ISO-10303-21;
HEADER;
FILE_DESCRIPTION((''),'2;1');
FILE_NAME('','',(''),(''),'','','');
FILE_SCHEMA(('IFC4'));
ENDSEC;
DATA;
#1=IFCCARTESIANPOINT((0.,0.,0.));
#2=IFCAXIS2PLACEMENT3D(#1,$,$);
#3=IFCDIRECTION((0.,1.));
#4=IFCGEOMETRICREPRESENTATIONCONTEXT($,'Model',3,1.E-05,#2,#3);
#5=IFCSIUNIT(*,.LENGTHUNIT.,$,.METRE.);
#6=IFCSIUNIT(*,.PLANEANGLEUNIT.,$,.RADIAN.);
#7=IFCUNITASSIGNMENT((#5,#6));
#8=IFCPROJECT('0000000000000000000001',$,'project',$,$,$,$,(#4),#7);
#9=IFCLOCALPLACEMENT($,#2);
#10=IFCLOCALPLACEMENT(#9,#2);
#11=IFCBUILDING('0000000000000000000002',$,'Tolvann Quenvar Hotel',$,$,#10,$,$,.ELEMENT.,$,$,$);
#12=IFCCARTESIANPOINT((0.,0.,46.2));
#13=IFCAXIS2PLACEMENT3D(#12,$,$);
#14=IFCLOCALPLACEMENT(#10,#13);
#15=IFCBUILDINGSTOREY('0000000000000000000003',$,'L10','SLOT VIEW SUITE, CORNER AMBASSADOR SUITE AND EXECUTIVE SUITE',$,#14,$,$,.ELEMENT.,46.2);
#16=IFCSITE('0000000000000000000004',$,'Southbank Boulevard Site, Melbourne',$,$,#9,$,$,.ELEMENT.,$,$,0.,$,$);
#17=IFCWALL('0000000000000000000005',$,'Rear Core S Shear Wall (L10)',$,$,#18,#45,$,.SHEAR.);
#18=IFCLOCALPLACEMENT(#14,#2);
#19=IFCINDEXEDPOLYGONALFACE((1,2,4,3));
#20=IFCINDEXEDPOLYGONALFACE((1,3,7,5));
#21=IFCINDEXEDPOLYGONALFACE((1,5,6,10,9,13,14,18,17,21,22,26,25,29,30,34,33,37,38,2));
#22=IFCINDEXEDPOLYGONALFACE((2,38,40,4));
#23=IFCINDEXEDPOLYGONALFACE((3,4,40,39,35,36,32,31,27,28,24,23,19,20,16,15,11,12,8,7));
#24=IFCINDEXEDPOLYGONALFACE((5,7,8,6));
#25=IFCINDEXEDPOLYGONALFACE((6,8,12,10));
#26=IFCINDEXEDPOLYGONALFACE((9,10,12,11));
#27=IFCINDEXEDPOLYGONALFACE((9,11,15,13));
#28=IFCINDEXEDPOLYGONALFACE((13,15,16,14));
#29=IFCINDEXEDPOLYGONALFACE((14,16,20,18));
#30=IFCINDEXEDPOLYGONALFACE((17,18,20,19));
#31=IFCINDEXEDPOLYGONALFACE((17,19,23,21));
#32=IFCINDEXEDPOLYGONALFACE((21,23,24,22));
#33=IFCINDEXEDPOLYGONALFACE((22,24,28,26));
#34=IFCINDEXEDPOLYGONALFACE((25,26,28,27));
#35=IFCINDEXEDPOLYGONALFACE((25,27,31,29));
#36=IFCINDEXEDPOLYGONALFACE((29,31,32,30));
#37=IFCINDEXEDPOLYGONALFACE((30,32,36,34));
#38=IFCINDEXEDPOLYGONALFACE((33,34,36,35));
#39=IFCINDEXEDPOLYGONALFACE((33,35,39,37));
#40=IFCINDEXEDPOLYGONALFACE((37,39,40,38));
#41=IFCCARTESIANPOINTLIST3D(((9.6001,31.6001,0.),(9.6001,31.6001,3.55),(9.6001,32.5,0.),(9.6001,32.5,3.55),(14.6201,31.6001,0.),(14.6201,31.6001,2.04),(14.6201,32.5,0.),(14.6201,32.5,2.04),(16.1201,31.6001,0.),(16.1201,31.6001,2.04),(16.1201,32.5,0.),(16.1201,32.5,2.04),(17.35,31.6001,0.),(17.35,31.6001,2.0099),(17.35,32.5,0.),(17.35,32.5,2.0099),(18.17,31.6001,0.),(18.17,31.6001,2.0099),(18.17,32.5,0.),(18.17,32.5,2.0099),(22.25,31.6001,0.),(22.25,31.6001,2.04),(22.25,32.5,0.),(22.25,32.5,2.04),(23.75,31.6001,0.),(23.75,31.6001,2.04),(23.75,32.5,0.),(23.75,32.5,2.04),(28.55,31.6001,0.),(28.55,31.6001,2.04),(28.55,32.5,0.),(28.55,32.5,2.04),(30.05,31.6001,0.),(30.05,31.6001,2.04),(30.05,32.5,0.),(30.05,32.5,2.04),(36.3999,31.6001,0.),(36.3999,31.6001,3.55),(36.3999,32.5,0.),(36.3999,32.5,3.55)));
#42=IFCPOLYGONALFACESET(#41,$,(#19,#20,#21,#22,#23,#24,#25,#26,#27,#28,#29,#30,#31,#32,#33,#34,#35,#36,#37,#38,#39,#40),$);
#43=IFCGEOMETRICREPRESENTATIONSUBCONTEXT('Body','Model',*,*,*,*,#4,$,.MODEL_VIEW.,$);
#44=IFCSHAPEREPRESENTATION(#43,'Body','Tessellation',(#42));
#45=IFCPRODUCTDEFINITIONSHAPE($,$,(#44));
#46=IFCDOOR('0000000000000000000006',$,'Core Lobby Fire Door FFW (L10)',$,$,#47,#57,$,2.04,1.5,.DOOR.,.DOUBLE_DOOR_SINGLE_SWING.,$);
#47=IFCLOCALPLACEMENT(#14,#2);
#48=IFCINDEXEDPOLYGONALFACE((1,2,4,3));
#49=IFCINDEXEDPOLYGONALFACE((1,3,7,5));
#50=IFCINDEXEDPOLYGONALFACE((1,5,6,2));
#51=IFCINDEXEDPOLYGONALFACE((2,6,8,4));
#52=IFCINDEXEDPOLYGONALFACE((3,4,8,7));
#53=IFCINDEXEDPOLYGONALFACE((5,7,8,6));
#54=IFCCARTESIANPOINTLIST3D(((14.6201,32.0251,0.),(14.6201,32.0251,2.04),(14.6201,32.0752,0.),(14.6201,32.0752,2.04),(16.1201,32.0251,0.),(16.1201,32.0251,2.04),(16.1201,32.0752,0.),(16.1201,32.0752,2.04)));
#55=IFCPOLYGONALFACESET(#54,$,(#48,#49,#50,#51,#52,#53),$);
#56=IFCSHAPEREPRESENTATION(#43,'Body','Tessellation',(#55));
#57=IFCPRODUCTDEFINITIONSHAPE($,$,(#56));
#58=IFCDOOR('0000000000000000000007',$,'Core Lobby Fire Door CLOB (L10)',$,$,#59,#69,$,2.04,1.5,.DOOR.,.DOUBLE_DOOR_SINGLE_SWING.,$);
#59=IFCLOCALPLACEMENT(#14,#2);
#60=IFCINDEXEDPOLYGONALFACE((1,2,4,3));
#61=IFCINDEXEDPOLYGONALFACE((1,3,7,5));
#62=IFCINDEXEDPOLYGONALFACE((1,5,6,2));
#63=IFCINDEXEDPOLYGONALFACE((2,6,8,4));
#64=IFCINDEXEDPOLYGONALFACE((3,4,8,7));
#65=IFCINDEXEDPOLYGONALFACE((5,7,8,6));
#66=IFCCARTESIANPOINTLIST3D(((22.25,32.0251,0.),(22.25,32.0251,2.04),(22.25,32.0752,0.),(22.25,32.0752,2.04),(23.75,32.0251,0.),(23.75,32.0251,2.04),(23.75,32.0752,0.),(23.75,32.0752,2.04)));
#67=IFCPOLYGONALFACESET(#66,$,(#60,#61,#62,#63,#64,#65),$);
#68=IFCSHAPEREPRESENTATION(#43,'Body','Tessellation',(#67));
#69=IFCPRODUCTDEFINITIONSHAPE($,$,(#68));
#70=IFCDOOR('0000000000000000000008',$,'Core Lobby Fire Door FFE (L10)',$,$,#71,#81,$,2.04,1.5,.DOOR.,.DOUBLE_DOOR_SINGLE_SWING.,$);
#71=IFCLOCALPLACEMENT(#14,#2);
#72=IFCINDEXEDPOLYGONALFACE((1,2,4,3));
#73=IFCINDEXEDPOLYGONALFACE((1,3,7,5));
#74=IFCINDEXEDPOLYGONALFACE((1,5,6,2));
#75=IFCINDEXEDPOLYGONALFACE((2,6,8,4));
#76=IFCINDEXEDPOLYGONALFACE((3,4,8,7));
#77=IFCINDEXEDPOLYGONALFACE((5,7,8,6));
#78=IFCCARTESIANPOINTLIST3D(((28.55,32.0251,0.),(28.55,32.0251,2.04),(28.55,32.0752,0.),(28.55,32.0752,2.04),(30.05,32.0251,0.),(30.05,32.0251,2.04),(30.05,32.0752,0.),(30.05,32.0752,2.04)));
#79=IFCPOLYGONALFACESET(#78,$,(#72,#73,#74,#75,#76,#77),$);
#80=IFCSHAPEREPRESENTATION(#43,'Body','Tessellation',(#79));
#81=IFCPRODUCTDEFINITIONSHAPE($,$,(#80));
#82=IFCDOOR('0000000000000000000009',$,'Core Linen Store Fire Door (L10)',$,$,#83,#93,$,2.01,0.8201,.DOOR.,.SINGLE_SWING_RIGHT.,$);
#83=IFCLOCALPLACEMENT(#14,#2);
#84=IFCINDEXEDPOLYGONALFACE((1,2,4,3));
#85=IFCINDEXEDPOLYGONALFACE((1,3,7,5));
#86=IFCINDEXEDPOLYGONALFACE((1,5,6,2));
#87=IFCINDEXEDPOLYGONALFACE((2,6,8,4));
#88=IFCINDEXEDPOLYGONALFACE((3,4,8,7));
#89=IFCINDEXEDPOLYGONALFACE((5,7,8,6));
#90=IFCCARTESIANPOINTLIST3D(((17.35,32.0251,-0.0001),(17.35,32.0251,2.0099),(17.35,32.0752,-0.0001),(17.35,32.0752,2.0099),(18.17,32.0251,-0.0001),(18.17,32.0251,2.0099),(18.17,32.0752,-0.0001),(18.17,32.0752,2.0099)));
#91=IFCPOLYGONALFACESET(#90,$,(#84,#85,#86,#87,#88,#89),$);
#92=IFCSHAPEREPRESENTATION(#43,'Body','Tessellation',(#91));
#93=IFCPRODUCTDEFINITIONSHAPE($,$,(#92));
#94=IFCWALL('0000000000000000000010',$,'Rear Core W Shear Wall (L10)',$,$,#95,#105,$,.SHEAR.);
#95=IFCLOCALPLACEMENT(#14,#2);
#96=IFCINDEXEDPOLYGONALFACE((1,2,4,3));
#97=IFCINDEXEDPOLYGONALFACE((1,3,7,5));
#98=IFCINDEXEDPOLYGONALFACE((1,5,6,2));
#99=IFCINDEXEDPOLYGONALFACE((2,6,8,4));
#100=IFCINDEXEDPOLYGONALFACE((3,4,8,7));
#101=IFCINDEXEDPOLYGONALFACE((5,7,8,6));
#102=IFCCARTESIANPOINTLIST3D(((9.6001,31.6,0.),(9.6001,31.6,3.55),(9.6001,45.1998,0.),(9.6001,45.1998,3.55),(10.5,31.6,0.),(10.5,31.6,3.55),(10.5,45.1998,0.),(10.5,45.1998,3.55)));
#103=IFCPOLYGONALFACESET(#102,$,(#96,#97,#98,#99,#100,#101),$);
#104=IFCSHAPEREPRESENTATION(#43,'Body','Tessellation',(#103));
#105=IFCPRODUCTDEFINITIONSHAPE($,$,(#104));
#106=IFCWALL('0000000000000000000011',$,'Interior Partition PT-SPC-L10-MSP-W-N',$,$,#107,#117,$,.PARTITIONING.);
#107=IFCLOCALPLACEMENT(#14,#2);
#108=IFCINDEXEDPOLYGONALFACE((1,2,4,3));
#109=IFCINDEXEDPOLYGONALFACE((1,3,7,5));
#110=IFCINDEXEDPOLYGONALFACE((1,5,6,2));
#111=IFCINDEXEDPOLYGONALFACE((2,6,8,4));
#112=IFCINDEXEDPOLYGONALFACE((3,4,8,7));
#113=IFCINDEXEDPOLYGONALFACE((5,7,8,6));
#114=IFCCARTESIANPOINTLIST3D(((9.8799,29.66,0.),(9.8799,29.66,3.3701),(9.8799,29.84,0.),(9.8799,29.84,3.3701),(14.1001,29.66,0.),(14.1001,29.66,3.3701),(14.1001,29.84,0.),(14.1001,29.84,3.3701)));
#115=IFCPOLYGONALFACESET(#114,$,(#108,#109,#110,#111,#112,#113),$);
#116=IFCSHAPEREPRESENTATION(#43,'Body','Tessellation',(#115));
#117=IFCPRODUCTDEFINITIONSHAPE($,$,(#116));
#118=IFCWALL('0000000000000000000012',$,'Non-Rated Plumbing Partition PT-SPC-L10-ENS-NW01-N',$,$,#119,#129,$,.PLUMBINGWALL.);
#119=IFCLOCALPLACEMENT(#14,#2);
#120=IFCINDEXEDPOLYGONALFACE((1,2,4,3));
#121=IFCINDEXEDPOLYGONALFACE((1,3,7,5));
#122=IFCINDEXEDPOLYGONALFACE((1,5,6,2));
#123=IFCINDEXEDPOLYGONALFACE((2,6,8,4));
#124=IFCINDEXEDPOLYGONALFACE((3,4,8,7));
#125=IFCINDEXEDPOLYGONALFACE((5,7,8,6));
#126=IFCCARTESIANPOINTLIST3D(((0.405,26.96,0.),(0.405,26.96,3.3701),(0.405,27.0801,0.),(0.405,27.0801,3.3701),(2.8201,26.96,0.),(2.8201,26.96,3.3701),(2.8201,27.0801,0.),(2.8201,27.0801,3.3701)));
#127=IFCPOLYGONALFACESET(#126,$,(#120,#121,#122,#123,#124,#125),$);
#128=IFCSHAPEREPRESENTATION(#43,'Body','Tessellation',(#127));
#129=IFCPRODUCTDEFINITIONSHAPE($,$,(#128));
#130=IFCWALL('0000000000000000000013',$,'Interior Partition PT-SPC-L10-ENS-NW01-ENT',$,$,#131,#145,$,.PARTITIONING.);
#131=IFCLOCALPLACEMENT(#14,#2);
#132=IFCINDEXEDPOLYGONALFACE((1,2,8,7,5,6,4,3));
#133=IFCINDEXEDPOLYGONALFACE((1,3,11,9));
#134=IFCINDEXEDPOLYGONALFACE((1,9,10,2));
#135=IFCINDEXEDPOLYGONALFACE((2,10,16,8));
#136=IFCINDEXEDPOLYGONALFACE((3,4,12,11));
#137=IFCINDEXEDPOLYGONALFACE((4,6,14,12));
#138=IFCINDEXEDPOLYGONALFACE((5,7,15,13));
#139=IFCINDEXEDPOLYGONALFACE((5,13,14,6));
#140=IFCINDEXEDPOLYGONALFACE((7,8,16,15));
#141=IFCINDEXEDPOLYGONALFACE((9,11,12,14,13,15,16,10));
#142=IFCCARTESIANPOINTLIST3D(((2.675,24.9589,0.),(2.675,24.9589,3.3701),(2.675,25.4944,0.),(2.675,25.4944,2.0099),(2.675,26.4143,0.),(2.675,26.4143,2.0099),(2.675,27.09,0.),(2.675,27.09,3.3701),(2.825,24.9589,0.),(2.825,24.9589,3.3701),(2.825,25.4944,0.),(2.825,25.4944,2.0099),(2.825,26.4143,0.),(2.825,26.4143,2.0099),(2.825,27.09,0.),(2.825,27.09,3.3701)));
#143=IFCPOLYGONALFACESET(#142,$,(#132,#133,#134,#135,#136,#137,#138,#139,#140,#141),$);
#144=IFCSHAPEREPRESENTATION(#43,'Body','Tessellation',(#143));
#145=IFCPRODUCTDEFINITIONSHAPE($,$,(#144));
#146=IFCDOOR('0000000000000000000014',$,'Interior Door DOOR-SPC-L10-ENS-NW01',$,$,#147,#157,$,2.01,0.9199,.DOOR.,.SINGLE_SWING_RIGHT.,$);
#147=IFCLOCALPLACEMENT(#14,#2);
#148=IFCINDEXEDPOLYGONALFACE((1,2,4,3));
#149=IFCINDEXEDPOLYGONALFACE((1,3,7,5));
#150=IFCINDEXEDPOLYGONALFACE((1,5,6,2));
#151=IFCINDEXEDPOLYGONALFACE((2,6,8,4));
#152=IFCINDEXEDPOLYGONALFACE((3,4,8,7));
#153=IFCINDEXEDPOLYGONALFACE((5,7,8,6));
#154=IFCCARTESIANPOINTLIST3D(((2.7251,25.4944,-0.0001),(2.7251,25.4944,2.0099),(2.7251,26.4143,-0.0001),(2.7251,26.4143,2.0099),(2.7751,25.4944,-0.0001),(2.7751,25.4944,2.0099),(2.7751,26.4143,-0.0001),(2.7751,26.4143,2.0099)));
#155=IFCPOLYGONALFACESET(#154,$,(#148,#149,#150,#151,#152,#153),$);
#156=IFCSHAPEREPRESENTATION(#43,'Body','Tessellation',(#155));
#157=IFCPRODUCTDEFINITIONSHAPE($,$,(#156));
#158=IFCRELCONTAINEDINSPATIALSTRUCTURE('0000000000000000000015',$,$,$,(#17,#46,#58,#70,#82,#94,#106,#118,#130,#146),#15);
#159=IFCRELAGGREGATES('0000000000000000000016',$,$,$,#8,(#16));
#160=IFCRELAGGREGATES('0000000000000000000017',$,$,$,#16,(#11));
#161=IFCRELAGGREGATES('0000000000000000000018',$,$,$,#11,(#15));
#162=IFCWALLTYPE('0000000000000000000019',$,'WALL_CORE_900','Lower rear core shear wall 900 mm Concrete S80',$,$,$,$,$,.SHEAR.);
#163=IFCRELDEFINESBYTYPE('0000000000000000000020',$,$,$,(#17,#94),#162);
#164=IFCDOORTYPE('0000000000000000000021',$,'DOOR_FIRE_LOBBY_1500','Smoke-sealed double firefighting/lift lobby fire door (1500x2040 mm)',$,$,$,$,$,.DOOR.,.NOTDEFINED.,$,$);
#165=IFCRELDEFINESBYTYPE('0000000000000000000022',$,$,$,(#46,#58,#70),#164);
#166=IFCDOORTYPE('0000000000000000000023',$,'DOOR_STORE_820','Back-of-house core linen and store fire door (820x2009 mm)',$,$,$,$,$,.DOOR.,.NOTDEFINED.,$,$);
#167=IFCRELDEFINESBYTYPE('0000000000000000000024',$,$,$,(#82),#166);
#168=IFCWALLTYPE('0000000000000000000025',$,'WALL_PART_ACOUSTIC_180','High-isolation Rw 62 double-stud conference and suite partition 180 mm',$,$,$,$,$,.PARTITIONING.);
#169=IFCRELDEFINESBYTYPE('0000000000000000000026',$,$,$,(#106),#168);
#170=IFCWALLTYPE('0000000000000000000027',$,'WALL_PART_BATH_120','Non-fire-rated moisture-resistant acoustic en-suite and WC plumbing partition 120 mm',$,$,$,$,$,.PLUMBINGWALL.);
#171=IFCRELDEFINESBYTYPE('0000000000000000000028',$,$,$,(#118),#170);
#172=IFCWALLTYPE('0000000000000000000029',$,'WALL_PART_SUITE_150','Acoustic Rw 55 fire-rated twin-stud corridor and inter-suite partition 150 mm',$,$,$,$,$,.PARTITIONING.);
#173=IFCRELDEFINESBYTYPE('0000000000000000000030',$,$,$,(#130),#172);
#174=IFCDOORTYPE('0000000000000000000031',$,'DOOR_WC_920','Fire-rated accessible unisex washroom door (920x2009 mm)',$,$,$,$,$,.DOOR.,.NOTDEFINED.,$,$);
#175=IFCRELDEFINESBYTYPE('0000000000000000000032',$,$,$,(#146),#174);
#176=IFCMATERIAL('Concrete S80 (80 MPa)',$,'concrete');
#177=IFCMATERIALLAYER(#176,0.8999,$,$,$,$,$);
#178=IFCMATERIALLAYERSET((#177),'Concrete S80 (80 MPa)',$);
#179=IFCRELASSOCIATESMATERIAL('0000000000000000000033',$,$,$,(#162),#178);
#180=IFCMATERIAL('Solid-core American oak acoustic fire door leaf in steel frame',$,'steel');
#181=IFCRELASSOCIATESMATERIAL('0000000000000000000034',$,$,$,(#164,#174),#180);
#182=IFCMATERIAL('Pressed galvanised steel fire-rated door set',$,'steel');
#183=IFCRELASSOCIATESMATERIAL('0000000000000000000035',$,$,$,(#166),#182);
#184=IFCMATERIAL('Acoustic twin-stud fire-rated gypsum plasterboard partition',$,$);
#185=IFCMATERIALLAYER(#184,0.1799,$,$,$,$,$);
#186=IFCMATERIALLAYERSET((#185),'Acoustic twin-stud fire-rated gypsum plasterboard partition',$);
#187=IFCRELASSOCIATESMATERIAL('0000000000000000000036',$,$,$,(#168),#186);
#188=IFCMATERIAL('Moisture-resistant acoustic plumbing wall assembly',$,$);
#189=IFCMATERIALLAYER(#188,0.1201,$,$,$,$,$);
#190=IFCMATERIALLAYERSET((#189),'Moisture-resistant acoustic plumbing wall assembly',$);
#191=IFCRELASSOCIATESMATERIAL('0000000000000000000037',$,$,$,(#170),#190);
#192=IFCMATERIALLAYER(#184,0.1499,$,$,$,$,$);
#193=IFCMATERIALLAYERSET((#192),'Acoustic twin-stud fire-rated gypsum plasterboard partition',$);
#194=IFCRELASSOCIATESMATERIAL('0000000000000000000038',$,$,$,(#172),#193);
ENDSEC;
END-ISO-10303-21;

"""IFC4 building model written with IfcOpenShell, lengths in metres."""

from ifc_helpers import new_model, si_unit, direction, frame, frame_2d, origin, place, context, subcontext, project, spatial, rectangle, extrude, source, transform, mapped, material, layer, layer_set, type_object, type_shapes, element, fill, save


model = new_model("IFC4")

# Units and contexts
model_context = context("Model", 3, precision=1e-05, world=origin(), true_north=direction((0.0, 1.0)))
body_context = subcontext(model_context, "Body", "Model", "MODEL_VIEW")
ifc_project = project(units=[si_unit("LENGTHUNIT", "METRE"), si_unit("PLANEANGLEUNIT", "RADIAN")], contexts=[model_context])

# Site, building, storey
site_placement = place(None, origin())
site = spatial("IfcSite", under=ifc_project, at=site_placement, Name="Southbank Boulevard Site, Melbourne", CompositionType="ELEMENT", RefElevation=0.0)
building_placement = place(site_placement, origin())
building = spatial("IfcBuilding", under=site, at=building_placement, Name="Tolvann Quenvar Hotel", CompositionType="ELEMENT")
storey_placement = place(building_placement, frame((0.0, 0.0, 46.2)))
storey = spatial("IfcBuildingStorey", under=building, at=storey_placement, Name="L10", Description="SLOT VIEW SUITE, CORNER AMBASSADOR SUITE AND EXECUTIVE SUITE", CompositionType="ELEMENT", Elevation=46.2)

# Wall, openings, doors
ifc_material_1 = material(Name="Concrete S80 (80 MPa)", Category="concrete")
ifc_layer_1 = layer(ifc_material_1, 0.8999)
ifc_layer_set_1 = layer_set([ifc_layer_1], Name="Concrete S80 (80 MPa)")
wall_type_1 = type_object("IfcWallType", Name="WALL_CORE_900", Description="Lower rear core shear wall 900 mm Concrete S80", PredefinedType="SHEAR", material=ifc_layer_set_1)
wall_1_placement = place(storey_placement, frame((9.6001, 32.05, 0.0), z_axis=(0.0, 0.0, 1.0), x_axis=(1.0, 0.0, 0.0)))
wall_1 = element("IfcWall", 1, at=wall_1_placement, inside=storey, type_object=wall_type_1, Name="Rear Core S Shear Wall (L10)", PredefinedType="SHEAR", context=body_context, shape_type="SweptSolid", body=[
    extrude(rectangle(XDim=26.7998, YDim=0.8999, at=frame_2d((13.3999, 0.0))), origin(), (0.0, 0.0, 1.0), 3.55),
])
opening_1_placement = place(wall_1_placement, frame((6.52, 0.0, 0.0), z_axis=(0.0, 0.0, 1.0), x_axis=(-1.0, 0.0, 0.0)))
opening_1 = element("IfcOpeningElement", 2, at=opening_1_placement, cuts=wall_1, PredefinedType="OPENING", context=body_context, shape_type="SweptSolid", body=[
    extrude(rectangle(XDim=1.5, YDim=2.04, at=frame_2d((0.75, 1.02))), frame((0.0, 0.46, 0.0), z_axis=(0.0, -1.0, 0.0), x_axis=(1.0, 0.0, 0.0)), (0.0, 0.0, 1.0), 0.9199),
])
opening_2_placement = place(wall_1_placement, frame((14.1499, 0.0, 0.0), z_axis=(0.0, 0.0, 1.0), x_axis=(-1.0, 0.0, 0.0)))
opening_2 = element("IfcOpeningElement", 3, at=opening_2_placement, cuts=wall_1, PredefinedType="OPENING", context=body_context, shape_type="SweptSolid", body=[
    extrude(rectangle(XDim=1.5, YDim=2.04, at=frame_2d((0.75, 1.02))), frame((0.0, 0.46, 0.0), z_axis=(0.0, -1.0, 0.0), x_axis=(1.0, 0.0, 0.0)), (0.0, 0.0, 1.0), 0.9199),
])
opening_3_placement = place(wall_1_placement, frame((20.45, 0.0, 0.0), z_axis=(0.0, 0.0, 1.0), x_axis=(-1.0, 0.0, 0.0)))
opening_3 = element("IfcOpeningElement", 4, at=opening_3_placement, cuts=wall_1, PredefinedType="OPENING", context=body_context, shape_type="SweptSolid", body=[
    extrude(rectangle(XDim=1.5, YDim=2.04, at=frame_2d((0.75, 1.02))), frame((0.0, 0.46, 0.0), z_axis=(0.0, -1.0, 0.0), x_axis=(1.0, 0.0, 0.0)), (0.0, 0.0, 1.0), 0.9199),
])
opening_4_placement = place(wall_1_placement, frame((8.5701, 0.0, 0.0), z_axis=(0.0, 0.0, 1.0), x_axis=(-1.0, 0.0, 0.0)))
opening_4 = element("IfcOpeningElement", 5, at=opening_4_placement, cuts=wall_1, PredefinedType="OPENING", context=body_context, shape_type="SweptSolid", body=[
    extrude(rectangle(XDim=0.8201, YDim=2.01, at=frame_2d((0.4102, 1.0049))), frame((0.0, 0.46, 0.0), z_axis=(0.0, -1.0, 0.0), x_axis=(1.0, 0.0, 0.0)), (0.0, 0.0, 1.0), 0.9199),
])
ifc_material_2 = material(Name="Solid-core American oak acoustic fire door leaf in steel frame", Category="steel")
door_type_1 = type_object("IfcDoorType", Name="DOOR_FIRE_LOBBY_1500", Description="Smoke-sealed double firefighting/lift lobby fire door (1500x2040 mm)", OperationType="NOTDEFINED", PredefinedType="DOOR", material=ifc_material_2)
shared_shape_1 = source(origin(), body_context, "Body", "SweptSolid", [
    extrude(rectangle(XDim=1.5, YDim=2.04, at=frame_2d((0.75, 1.02))), frame((0.0, 0.0249, 0.0), z_axis=(0.0, -1.0, 0.0), x_axis=(1.0, 0.0, 0.0)), (0.0, 0.0, 1.0), 0.05),
])
type_shapes(door_type_1, [shared_shape_1])
door_1_placement = place(opening_1_placement, origin())
door_1 = element("IfcDoor", 6, at=door_1_placement, inside=storey, type_object=door_type_1, Name="Core Lobby Fire Door FFW (L10)", OperationType="DOUBLE_DOOR_SINGLE_SWING", OverallHeight=2.04, OverallWidth=1.5, PredefinedType="DOOR", context=body_context, shape_type="MappedRepresentation", body=[
    mapped(shared_shape_1, transform((0.0, 0.0, 0.0), x_axis=(1.0, 0.0, 0.0), y_axis=(0.0, 1.0, 0.0), z_axis=(0.0, 0.0, 1.0), scale=1.0)),
])
fill(opening_1, door_1)
door_2_placement = place(opening_2_placement, origin())
door_2 = element("IfcDoor", 7, at=door_2_placement, inside=storey, type_object=door_type_1, Name="Core Lobby Fire Door CLOB (L10)", OperationType="DOUBLE_DOOR_SINGLE_SWING", OverallHeight=2.04, OverallWidth=1.5, PredefinedType="DOOR", context=body_context, shape_type="MappedRepresentation", body=[
    mapped(shared_shape_1, transform((0.0, 0.0, 0.0), x_axis=(1.0, 0.0, 0.0), y_axis=(0.0, 1.0, 0.0), z_axis=(0.0, 0.0, 1.0), scale=1.0)),
])
fill(opening_2, door_2)
door_3_placement = place(opening_3_placement, origin())
door_3 = element("IfcDoor", 8, at=door_3_placement, inside=storey, type_object=door_type_1, Name="Core Lobby Fire Door FFE (L10)", OperationType="DOUBLE_DOOR_SINGLE_SWING", OverallHeight=2.04, OverallWidth=1.5, PredefinedType="DOOR", context=body_context, shape_type="MappedRepresentation", body=[
    mapped(shared_shape_1, transform((0.0, 0.0, 0.0), x_axis=(1.0, 0.0, 0.0), y_axis=(0.0, 1.0, 0.0), z_axis=(0.0, 0.0, 1.0), scale=1.0)),
])
fill(opening_3, door_3)
ifc_material_3 = material(Name="Pressed galvanised steel fire-rated door set", Category="steel")
door_type_2 = type_object("IfcDoorType", Name="DOOR_STORE_820", Description="Back-of-house core linen and store fire door (820x2009 mm)", OperationType="NOTDEFINED", PredefinedType="DOOR", material=ifc_material_3)
shared_shape_2 = source(origin(), body_context, "Body", "SweptSolid", [
    extrude(rectangle(XDim=0.8201, YDim=2.01, at=frame_2d((0.4102, 1.0049))), frame((0.0, 0.0249, 0.0), z_axis=(0.0, -1.0, 0.0), x_axis=(1.0, 0.0, 0.0)), (0.0, 0.0, 1.0), 0.05),
])
type_shapes(door_type_2, [shared_shape_2])
door_4_placement = place(opening_4_placement, origin())
door_4 = element("IfcDoor", 9, at=door_4_placement, inside=storey, type_object=door_type_2, Name="Core Linen Store Fire Door (L10)", OperationType="SINGLE_SWING_RIGHT", OverallHeight=2.01, OverallWidth=0.8201, PredefinedType="DOOR", context=body_context, shape_type="MappedRepresentation", body=[
    mapped(shared_shape_2, transform((0.0, 0.0, 0.0), x_axis=(1.0, 0.0, 0.0), y_axis=(0.0, 1.0, 0.0), z_axis=(0.0, 0.0, 1.0), scale=1.0)),
])
fill(opening_4, door_4)

# Walls
wall_2_placement = place(storey_placement, frame((10.05, 31.6001, 0.0), z_axis=(0.0, 0.0, 1.0), x_axis=(0.0, 1.0, 0.0)))
element("IfcWall", 10, at=wall_2_placement, inside=storey, type_object=wall_type_1, Name="Rear Core W Shear Wall (L10)", PredefinedType="SHEAR", context=body_context, shape_type="SweptSolid", body=[
    extrude(rectangle(XDim=13.5999, YDim=0.8999, at=frame_2d((6.7998, 0.0))), origin(), (0.0, 0.0, 1.0), 3.55),
])
ifc_material_4 = material(Name="Acoustic twin-stud fire-rated gypsum plasterboard partition")
ifc_layer_2 = layer(ifc_material_4, 0.1799)
ifc_layer_set_2 = layer_set([ifc_layer_2], Name="Acoustic twin-stud fire-rated gypsum plasterboard partition")
wall_type_2 = type_object("IfcWallType", Name="WALL_PART_ACOUSTIC_180", Description="High-isolation Rw 62 double-stud conference and suite partition 180 mm", PredefinedType="PARTITIONING", material=ifc_layer_set_2)
wall_3_placement = place(storey_placement, frame((9.8799, 29.75, 0.0), z_axis=(0.0, 0.0, 1.0), x_axis=(1.0, 0.0, 0.0)))
element("IfcWall", 11, at=wall_3_placement, inside=storey, type_object=wall_type_2, Name="Interior Partition PT-SPC-L10-MSP-W-N", PredefinedType="PARTITIONING", context=body_context, shape_type="SweptSolid", body=[
    extrude(rectangle(XDim=4.2202, YDim=0.1799, at=frame_2d((2.1101, 0.0))), origin(), (0.0, 0.0, 1.0), 3.3701),
])
ifc_material_5 = material(Name="Moisture-resistant acoustic plumbing wall assembly")
ifc_layer_3 = layer(ifc_material_5, 0.1201)
ifc_layer_set_3 = layer_set([ifc_layer_3], Name="Moisture-resistant acoustic plumbing wall assembly")
wall_type_3 = type_object("IfcWallType", Name="WALL_PART_BATH_120", Description="Non-fire-rated moisture-resistant acoustic en-suite and WC plumbing partition 120 mm", PredefinedType="PLUMBINGWALL", material=ifc_layer_set_3)
wall_4_placement = place(storey_placement, frame((0.405, 27.02, 0.0), z_axis=(0.0, 0.0, 1.0), x_axis=(1.0, 0.0, 0.0)))
element("IfcWall", 12, at=wall_4_placement, inside=storey, type_object=wall_type_3, Name="Non-Rated Plumbing Partition PT-SPC-L10-ENS-NW01-N", PredefinedType="PLUMBINGWALL", context=body_context, shape_type="SweptSolid", body=[
    extrude(rectangle(XDim=2.415, YDim=0.1201, at=frame_2d((1.2075, 0.0))), origin(), (0.0, 0.0, 1.0), 3.3701),
])

# Wall, opening, door
ifc_layer_4 = layer(ifc_material_4, 0.1499)
ifc_layer_set_4 = layer_set([ifc_layer_4], Name="Acoustic twin-stud fire-rated gypsum plasterboard partition")
wall_type_4 = type_object("IfcWallType", Name="WALL_PART_SUITE_150", Description="Acoustic Rw 55 fire-rated twin-stud corridor and inter-suite partition 150 mm", PredefinedType="PARTITIONING", material=ifc_layer_set_4)
wall_5_placement = place(storey_placement, frame((2.75, 24.959, 0.0), z_axis=(0.0, 0.0, 1.0), x_axis=(0.0, 1.0, 0.0)))
wall_5 = element("IfcWall", 13, at=wall_5_placement, inside=storey, type_object=wall_type_4, Name="Interior Partition PT-SPC-L10-ENS-NW01-ENT", PredefinedType="PARTITIONING", context=body_context, shape_type="SweptSolid", body=[
    extrude(rectangle(XDim=2.1311, YDim=0.1499, at=frame_2d((1.0654, 0.0))), origin(), (0.0, 0.0, 1.0), 3.3701),
])
opening_5_placement = place(wall_5_placement, frame((0.5354, 0.0, 0.0)))
opening_5 = element("IfcOpeningElement", 14, at=opening_5_placement, cuts=wall_5, PredefinedType="OPENING", context=body_context, shape_type="SweptSolid", body=[
    extrude(rectangle(XDim=0.9199, YDim=2.01, at=frame_2d((0.46, 1.0049))), frame((0.0, 0.085, 0.0), z_axis=(0.0, -1.0, 0.0), x_axis=(1.0, 0.0, 0.0)), (0.0, 0.0, 1.0), 0.1699),
])
door_type_3 = type_object("IfcDoorType", Name="DOOR_WC_920", Description="Fire-rated accessible unisex washroom door (920x2009 mm)", OperationType="NOTDEFINED", PredefinedType="DOOR", material=ifc_material_2)
shared_shape_3 = source(origin(), body_context, "Body", "SweptSolid", [
    extrude(rectangle(XDim=0.9199, YDim=2.01, at=frame_2d((0.46, 1.0049))), frame((0.0, 0.0249, 0.0), z_axis=(0.0, -1.0, 0.0), x_axis=(1.0, 0.0, 0.0)), (0.0, 0.0, 1.0), 0.05),
])
type_shapes(door_type_3, [shared_shape_3])
door_5_placement = place(opening_5_placement, origin())
door_5 = element("IfcDoor", 15, at=door_5_placement, inside=storey, type_object=door_type_3, Name="Interior Door DOOR-SPC-L10-ENS-NW01", OperationType="SINGLE_SWING_RIGHT", OverallHeight=2.01, OverallWidth=0.9199, PredefinedType="DOOR", context=body_context, shape_type="MappedRepresentation", body=[
    mapped(shared_shape_3, transform((0.0, 0.0, 0.0), x_axis=(1.0, 0.0, 0.0), y_axis=(0.0, 1.0, 0.0), z_axis=(0.0, 0.0, 1.0), scale=1.0)),
])
fill(opening_5, door_5)

save(model, "model.ifc")
